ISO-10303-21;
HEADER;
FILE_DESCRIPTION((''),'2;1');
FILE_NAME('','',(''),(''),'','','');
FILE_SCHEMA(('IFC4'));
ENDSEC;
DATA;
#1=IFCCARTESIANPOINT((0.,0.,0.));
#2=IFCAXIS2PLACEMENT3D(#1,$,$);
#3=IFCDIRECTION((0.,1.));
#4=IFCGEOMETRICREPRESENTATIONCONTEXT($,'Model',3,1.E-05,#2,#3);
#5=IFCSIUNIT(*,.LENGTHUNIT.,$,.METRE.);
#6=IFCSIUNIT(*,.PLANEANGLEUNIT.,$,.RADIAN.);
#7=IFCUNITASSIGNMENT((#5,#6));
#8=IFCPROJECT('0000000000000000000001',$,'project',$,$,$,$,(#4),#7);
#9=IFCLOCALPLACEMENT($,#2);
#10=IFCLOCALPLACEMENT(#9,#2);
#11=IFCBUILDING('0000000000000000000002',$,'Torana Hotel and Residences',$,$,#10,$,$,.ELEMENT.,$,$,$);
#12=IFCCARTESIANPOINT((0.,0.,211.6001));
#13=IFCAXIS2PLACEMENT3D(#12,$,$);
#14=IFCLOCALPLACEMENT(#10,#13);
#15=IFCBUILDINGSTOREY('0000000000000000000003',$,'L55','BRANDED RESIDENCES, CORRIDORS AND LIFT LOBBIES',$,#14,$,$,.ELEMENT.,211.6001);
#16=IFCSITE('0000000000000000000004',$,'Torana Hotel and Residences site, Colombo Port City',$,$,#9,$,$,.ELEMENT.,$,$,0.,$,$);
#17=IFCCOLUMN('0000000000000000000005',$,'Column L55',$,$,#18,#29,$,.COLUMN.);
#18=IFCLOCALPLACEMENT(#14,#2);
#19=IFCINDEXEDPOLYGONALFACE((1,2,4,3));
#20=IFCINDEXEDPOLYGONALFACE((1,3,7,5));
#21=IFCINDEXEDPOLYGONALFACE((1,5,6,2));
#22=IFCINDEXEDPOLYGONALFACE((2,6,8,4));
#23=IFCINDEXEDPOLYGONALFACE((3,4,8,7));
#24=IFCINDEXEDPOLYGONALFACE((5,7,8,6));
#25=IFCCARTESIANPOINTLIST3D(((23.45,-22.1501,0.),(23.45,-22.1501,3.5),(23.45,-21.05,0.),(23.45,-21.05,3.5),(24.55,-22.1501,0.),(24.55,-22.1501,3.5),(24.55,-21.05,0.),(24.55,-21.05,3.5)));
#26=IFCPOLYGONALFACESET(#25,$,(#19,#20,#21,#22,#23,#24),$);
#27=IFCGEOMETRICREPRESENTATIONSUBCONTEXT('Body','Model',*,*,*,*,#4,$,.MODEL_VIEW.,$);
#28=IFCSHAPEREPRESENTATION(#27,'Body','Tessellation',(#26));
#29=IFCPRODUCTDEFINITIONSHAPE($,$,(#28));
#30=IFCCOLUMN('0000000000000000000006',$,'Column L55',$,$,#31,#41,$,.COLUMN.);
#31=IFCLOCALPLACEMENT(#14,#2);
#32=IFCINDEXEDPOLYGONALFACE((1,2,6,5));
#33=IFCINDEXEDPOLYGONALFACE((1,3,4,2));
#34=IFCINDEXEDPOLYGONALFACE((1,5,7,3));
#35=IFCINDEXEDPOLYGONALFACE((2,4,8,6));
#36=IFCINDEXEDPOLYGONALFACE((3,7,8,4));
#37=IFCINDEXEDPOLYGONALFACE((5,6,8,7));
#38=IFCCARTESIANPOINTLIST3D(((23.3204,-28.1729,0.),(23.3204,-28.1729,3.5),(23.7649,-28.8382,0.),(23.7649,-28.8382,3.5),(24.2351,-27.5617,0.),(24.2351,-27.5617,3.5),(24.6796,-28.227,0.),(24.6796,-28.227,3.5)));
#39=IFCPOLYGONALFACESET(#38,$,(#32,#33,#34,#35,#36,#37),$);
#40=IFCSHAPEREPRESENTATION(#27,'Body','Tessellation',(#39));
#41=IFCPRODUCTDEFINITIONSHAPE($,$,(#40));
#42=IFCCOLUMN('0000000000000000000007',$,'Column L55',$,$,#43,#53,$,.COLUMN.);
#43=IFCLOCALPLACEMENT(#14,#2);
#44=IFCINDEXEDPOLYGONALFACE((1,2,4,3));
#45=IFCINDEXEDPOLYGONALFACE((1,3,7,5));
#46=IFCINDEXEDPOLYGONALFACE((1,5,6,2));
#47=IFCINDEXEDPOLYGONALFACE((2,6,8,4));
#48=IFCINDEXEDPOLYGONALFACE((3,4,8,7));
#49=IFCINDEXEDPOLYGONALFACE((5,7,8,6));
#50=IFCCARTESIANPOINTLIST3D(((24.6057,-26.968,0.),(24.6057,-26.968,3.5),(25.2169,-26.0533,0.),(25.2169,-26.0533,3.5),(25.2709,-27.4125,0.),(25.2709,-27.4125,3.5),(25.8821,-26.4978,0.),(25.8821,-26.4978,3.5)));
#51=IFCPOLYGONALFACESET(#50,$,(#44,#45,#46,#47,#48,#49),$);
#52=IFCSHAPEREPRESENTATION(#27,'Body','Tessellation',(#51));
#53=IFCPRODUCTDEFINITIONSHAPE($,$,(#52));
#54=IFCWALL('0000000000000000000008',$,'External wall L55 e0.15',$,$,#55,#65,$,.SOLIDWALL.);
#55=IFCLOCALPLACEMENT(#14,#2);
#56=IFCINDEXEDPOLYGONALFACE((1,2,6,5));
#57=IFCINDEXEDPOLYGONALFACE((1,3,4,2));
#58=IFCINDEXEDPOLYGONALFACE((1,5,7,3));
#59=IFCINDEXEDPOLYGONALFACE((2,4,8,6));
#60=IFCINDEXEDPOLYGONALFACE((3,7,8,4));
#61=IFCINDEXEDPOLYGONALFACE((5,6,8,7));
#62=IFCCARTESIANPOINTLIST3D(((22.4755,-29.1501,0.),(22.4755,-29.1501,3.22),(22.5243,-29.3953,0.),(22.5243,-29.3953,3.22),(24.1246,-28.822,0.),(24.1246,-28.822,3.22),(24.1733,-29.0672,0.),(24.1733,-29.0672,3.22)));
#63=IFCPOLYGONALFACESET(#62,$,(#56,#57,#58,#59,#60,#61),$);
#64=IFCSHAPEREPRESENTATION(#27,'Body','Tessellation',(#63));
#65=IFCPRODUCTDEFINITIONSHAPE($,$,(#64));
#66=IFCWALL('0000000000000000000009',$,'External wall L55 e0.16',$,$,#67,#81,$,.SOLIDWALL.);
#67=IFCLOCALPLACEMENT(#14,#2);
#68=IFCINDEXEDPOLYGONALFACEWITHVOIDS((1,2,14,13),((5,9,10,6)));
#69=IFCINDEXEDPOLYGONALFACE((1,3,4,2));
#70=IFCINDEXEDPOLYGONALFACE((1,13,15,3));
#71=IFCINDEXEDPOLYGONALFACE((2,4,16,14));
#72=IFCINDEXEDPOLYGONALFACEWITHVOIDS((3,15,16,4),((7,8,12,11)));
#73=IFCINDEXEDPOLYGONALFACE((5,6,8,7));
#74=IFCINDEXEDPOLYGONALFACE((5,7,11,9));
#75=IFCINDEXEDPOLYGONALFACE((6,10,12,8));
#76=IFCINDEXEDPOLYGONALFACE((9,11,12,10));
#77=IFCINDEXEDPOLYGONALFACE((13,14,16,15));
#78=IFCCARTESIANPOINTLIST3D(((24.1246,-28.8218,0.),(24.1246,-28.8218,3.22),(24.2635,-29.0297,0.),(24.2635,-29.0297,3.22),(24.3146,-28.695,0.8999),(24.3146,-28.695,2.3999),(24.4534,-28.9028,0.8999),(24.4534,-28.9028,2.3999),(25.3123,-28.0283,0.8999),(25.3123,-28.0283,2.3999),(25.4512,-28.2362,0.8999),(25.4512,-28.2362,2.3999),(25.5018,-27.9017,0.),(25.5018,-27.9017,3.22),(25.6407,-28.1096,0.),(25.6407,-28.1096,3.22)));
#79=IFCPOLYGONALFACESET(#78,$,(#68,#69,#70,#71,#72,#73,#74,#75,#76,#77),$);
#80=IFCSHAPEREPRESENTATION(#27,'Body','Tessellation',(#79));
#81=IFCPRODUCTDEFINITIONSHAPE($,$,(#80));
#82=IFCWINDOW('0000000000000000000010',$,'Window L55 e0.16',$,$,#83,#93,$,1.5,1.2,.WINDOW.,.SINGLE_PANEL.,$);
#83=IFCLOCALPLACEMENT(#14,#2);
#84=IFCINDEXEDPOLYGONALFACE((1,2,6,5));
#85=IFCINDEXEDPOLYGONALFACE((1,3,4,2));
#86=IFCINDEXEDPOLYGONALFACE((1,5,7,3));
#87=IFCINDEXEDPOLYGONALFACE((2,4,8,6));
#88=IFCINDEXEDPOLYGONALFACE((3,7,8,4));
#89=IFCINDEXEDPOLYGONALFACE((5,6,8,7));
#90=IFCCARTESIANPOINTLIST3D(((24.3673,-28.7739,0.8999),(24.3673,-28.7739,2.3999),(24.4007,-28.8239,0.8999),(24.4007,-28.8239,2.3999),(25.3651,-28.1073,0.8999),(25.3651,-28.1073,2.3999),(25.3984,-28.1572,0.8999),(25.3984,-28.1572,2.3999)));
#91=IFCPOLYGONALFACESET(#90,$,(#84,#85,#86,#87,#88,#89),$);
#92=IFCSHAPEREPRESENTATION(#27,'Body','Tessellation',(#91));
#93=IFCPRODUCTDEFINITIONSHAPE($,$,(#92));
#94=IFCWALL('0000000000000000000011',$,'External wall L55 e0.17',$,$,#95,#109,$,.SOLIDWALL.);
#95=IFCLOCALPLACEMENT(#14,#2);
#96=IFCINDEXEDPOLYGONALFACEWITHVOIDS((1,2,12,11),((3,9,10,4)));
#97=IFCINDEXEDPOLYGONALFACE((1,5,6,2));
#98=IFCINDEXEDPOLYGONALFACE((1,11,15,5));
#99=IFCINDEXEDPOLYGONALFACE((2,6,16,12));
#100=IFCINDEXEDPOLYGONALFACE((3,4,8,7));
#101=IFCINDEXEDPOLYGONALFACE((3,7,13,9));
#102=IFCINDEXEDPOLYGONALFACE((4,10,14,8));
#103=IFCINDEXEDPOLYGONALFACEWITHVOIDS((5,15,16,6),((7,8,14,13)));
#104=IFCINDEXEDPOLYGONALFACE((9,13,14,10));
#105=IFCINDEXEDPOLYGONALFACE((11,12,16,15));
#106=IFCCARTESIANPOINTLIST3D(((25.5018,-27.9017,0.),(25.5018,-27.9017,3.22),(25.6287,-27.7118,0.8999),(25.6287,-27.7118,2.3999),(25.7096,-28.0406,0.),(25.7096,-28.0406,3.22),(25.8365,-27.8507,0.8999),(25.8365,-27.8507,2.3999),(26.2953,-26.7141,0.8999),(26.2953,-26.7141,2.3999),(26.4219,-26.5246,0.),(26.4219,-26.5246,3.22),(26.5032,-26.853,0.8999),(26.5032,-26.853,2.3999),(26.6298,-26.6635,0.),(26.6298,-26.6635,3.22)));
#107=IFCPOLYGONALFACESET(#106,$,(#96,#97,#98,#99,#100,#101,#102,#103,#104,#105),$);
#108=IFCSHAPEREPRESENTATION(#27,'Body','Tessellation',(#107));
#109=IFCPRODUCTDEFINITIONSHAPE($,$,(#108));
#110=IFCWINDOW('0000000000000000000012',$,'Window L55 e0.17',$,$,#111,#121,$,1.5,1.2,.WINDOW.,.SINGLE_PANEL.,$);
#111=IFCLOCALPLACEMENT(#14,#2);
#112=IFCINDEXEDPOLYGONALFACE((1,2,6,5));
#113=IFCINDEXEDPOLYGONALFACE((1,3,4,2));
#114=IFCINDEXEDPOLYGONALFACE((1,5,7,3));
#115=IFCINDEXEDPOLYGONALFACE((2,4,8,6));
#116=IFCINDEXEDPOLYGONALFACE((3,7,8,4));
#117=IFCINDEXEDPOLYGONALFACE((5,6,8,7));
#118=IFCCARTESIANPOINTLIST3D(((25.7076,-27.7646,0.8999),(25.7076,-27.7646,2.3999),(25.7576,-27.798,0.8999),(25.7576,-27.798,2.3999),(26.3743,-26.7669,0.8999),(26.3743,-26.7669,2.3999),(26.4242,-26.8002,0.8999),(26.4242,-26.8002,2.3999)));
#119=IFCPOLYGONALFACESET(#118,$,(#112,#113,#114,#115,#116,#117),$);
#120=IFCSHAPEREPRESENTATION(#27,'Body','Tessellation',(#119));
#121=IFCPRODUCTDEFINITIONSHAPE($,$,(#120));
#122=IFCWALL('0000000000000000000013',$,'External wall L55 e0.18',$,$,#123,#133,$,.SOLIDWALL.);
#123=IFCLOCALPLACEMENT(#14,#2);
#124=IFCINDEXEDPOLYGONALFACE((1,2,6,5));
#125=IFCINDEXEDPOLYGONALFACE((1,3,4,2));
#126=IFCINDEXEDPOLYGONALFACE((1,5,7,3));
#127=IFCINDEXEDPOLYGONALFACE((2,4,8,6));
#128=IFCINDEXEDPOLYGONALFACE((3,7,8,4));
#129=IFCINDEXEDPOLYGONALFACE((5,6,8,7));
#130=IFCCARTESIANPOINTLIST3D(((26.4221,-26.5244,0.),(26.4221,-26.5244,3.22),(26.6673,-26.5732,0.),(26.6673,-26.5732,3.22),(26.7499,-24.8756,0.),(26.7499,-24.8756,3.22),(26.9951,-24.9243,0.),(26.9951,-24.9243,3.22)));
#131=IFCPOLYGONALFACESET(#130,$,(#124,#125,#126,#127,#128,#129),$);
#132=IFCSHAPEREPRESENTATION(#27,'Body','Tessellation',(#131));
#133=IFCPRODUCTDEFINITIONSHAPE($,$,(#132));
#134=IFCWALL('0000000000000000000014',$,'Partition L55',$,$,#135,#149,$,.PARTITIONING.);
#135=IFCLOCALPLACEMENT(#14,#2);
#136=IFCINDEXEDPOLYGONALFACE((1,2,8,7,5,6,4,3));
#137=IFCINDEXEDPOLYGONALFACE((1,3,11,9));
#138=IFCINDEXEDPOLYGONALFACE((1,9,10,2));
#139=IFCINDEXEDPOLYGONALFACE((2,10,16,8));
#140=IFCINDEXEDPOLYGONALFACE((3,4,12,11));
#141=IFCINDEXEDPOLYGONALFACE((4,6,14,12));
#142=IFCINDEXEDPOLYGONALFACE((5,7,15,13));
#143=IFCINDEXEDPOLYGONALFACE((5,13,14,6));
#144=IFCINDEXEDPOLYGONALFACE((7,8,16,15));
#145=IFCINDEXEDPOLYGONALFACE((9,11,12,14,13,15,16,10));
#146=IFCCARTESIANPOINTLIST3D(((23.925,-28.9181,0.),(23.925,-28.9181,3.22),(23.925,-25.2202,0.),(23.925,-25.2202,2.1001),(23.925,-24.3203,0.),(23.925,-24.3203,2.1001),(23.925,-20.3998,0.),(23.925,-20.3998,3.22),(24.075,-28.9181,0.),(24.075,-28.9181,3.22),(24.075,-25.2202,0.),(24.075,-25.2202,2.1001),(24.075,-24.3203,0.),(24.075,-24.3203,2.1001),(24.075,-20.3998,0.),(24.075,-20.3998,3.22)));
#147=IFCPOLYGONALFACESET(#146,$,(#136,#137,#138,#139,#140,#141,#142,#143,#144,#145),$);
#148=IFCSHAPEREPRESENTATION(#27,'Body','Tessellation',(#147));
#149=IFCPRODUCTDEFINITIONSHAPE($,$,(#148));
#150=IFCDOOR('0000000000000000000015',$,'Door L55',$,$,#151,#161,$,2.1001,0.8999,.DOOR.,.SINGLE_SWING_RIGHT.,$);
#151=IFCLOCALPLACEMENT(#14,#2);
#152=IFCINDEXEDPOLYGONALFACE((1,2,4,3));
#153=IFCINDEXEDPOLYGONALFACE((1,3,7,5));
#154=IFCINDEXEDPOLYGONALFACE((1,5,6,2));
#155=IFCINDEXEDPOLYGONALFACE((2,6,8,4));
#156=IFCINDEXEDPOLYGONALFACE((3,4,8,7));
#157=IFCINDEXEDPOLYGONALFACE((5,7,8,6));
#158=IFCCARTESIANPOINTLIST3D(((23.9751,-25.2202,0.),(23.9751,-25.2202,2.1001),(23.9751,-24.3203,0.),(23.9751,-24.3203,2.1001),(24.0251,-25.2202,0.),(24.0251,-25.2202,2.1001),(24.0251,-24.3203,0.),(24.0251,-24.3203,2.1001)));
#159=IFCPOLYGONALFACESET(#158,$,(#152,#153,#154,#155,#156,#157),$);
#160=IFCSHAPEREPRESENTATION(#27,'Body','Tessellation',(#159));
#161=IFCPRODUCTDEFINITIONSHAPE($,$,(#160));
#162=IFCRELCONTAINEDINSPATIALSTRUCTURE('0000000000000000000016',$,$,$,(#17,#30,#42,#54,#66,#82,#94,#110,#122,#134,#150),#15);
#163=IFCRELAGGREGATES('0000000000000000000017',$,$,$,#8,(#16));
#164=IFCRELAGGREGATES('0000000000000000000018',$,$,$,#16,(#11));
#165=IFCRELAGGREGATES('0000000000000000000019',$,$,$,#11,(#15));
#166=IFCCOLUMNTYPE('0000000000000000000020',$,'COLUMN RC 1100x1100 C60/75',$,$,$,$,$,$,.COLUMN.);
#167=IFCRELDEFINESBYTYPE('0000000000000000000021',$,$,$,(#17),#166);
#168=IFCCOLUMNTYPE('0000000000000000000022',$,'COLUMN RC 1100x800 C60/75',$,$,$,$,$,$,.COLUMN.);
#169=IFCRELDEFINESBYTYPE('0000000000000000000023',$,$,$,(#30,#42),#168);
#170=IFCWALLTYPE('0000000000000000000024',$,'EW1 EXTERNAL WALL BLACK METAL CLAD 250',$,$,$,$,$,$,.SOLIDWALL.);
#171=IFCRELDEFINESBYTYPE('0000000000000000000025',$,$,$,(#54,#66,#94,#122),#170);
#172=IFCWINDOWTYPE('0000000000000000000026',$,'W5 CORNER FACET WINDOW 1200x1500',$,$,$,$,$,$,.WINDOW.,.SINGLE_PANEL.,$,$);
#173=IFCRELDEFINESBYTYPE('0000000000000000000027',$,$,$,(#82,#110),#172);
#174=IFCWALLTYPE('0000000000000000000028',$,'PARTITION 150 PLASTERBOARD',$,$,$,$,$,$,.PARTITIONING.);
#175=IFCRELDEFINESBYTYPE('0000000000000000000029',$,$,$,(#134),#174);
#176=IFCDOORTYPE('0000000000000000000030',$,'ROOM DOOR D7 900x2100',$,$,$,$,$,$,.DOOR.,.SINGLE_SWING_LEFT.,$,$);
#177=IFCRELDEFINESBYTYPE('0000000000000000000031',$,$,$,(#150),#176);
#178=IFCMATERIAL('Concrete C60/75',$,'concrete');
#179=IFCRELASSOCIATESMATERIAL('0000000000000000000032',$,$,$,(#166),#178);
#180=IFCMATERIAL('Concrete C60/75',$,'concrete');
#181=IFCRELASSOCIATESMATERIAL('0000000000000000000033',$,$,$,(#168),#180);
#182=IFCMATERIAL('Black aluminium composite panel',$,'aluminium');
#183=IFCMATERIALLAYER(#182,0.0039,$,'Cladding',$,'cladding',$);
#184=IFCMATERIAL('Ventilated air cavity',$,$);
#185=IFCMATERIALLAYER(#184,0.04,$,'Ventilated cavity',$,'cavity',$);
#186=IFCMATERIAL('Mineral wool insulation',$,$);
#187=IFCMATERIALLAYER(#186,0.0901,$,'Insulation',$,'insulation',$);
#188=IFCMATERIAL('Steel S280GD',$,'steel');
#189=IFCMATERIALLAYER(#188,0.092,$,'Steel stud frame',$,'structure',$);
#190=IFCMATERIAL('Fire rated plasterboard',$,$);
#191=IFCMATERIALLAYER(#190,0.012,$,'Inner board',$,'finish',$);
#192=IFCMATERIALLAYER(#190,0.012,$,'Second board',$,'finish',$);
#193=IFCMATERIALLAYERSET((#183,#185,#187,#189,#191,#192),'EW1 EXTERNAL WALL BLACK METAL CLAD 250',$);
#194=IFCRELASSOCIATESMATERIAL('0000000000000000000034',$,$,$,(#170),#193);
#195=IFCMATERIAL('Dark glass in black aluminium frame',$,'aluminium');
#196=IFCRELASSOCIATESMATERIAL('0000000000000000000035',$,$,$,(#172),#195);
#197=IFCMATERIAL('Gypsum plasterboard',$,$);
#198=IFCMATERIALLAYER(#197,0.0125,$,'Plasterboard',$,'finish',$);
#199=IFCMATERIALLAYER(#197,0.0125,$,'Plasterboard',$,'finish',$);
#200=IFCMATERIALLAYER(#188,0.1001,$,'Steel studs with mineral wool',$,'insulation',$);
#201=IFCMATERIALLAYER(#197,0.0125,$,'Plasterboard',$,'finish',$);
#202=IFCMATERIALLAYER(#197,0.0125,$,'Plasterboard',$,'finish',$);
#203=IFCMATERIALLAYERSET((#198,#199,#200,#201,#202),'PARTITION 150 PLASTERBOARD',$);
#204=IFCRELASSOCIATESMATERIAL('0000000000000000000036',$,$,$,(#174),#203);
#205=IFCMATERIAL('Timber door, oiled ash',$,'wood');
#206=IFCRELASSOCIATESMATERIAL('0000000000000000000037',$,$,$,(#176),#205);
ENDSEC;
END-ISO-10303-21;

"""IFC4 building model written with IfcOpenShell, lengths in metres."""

from ifc_helpers import new_model, si_unit, direction, frame, frame_2d, origin, origin_2d, place, context, subcontext, project, spatial, rectangle, extrude, material, layer, layer_set, material_profile, profile_set, type_object, element, fill, save


model = new_model("IFC4")

# Units and contexts
model_context = context("Model", 3, precision=1e-05, world=origin(), true_north=direction((0.0, 1.0)))
body_context = subcontext(model_context, "Body", "Model", "MODEL_VIEW")
ifc_project = project(units=[si_unit("LENGTHUNIT", "METRE"), si_unit("PLANEANGLEUNIT", "RADIAN")], contexts=[model_context])

# Site, building, storey
site_placement = place(None, origin())
site = spatial("IfcSite", under=ifc_project, at=site_placement, Name="Torana Hotel and Residences site, Colombo Port City", CompositionType="ELEMENT", RefElevation=0.0)
building_placement = place(site_placement, origin())
building = spatial("IfcBuilding", under=site, at=building_placement, Name="Torana Hotel and Residences", CompositionType="ELEMENT")
storey_placement = place(building_placement, frame((0.0, 0.0, 211.6001)))
storey = spatial("IfcBuildingStorey", under=building, at=storey_placement, Name="L55", Description="BRANDED RESIDENCES, CORRIDORS AND LIFT LOBBIES", CompositionType="ELEMENT", Elevation=211.6001)

# Columns
ifc_material_1 = material(Name="Concrete C60/75", Category="concrete")
ifc_material_profile_1 = material_profile(ifc_material_1, rectangle(XDim=1.1001, YDim=1.1001, at=origin_2d()), Name="RC 1100x1100")
ifc_profile_set_1 = profile_set([ifc_material_profile_1], Name="Concrete C60/75")
column_type_1 = type_object("IfcColumnType", Name="COLUMN RC 1100x1100 C60/75", PredefinedType="COLUMN", material=ifc_profile_set_1)
column_placement = place(storey_placement, frame((24.0, -21.6001, 0.0), z_axis=(0.0, 0.0, 1.0), x_axis=(1.0, 0.0, 0.0)))
element("IfcColumn", 1, at=column_placement, inside=storey, type_object=column_type_1, Name="Column L55", PredefinedType="COLUMN", context=body_context, shape_type="SweptSolid", body=[
    extrude(rectangle(XDim=1.1001, YDim=1.1001, at=origin_2d()), origin(), (0.0, 0.0, 1.0), 3.5),
])
ifc_material_2 = material(Name="Concrete C60/75", Category="concrete")
ifc_material_profile_2 = material_profile(ifc_material_2, rectangle(XDim=1.1001, YDim=0.8, at=origin_2d()), Name="RC 1100x800")
ifc_profile_set_2 = profile_set([ifc_material_profile_2], Name="Concrete C60/75")
column_type_2 = type_object("IfcColumnType", Name="COLUMN RC 1100x800 C60/75", PredefinedType="COLUMN", material=ifc_profile_set_2)
for number, where, z_axis, x_axis, name in (
    (2, (24.0, -28.2, 0.0), (0.0, 0.0, 1.0), (0.83146, 0.555585, 0.0), "Column L55"),
    (3, (25.2439, -26.7329, 0.0), (0.0, 0.0, 1.0), (0.555585, 0.83146, 0.0), "Column L55"),
):
    element("IfcColumn", number, at=place(storey_placement, frame(where, z_axis=z_axis, x_axis=x_axis)), inside=storey, type_object=column_type_2, Name=name, PredefinedType="COLUMN", context=body_context, shape_type="SweptSolid", body=[
        extrude(rectangle(XDim=1.1001, YDim=0.8, at=origin_2d()), origin(), (0.0, 0.0, 1.0), 3.5),
    ])

# Wall
ifc_material_3 = material(Name="Black aluminium composite panel", Category="aluminium")
ifc_layer_1 = layer(ifc_material_3, 0.0039, Name="Cladding", Category="cladding")
ifc_material_4 = material(Name="Ventilated air cavity")
ifc_layer_2 = layer(ifc_material_4, 0.04, Name="Ventilated cavity", Category="cavity")
ifc_material_5 = material(Name="Mineral wool insulation")
ifc_layer_3 = layer(ifc_material_5, 0.0901, Name="Insulation", Category="insulation")
ifc_material_6 = material(Name="Steel S280GD", Category="steel")
ifc_layer_4 = layer(ifc_material_6, 0.092, Name="Steel stud frame", Category="structure")
ifc_material_7 = material(Name="Fire rated plasterboard")
ifc_layer_5 = layer(ifc_material_7, 0.012, Name="Inner board", Category="finish")
ifc_layer_6 = layer(ifc_material_7, 0.012, Name="Second board", Category="finish")
ifc_layer_set_1 = layer_set([ifc_layer_1, ifc_layer_2, ifc_layer_3, ifc_layer_4, ifc_layer_5, ifc_layer_6], Name="EW1 EXTERNAL WALL BLACK METAL CLAD 250")
wall_type_1 = type_object("IfcWallType", Name="EW1 EXTERNAL WALL BLACK METAL CLAD 250", PredefinedType="SOLIDWALL", material=ifc_layer_set_1)
wall_1_placement = place(storey_placement, frame((22.4998, -29.2727, 0.0), z_axis=(0.0, 0.0, 1.0), x_axis=(0.980776, 0.195139, 0.0)))
element("IfcWall", 4, at=wall_1_placement, inside=storey, type_object=wall_type_1, Name="External wall L55 e0.15", PredefinedType="SOLIDWALL", context=body_context, shape_type="SweptSolid", body=[
    extrude(rectangle(XDim=1.6814, YDim=0.25, at=frame_2d((0.8408, 0.0))), origin(), (0.0, 0.0, 1.0), 3.22),
])

# Walls, openings, windows
wall_2_placement = place(storey_placement, frame((24.1941, -28.9258, 0.0), z_axis=(0.0, 0.0, 1.0), x_axis=(0.831483, 0.55555, 0.0)))
wall_2 = element("IfcWall", 5, at=wall_2_placement, inside=storey, type_object=wall_type_1, Name="External wall L55 e0.16", PredefinedType="SOLIDWALL", context=body_context, shape_type="SweptSolid", body=[
    extrude(rectangle(XDim=1.6562, YDim=0.25, at=frame_2d((0.8281, 0.0))), origin(), (0.0, 0.0, 1.0), 3.22),
])
opening_1_placement = place(wall_2_placement, frame((0.2283, 0.0, 0.8999)))
opening_1 = element("IfcOpeningElement", 6, at=opening_1_placement, cuts=wall_2, PredefinedType="OPENING", context=body_context, shape_type="SweptSolid", body=[
    extrude(rectangle(XDim=1.2, YDim=1.5, at=frame_2d((0.6001, 0.75))), frame((0.0, 0.135, 0.0), z_axis=(0.0, -1.0, 0.0), x_axis=(1.0, 0.0, 0.0)), (0.0, 0.0, 1.0), 0.27),
])
ifc_material_8 = material(Name="Dark glass in black aluminium frame", Category="aluminium")
window_type = type_object("IfcWindowType", Name="W5 CORNER FACET WINDOW 1200x1500", PartitioningType="SINGLE_PANEL", PredefinedType="WINDOW", material=ifc_material_8)
window_1_placement = place(opening_1_placement, origin())
window_1 = element("IfcWindow", 7, at=window_1_placement, inside=storey, type_object=window_type, Name="Window L55 e0.16", OverallHeight=1.5, OverallWidth=1.2, PartitioningType="SINGLE_PANEL", PredefinedType="WINDOW", context=body_context, shape_type="SweptSolid", body=[
    extrude(rectangle(XDim=1.2, YDim=1.5, at=frame_2d((0.6001, 0.75))), frame((0.0, 0.03, 0.0), z_axis=(0.0, -1.0, 0.0), x_axis=(1.0, 0.0, 0.0)), (0.0, 0.0, 1.0), 0.0601),
])
fill(opening_1, window_1)
wall_3_placement = place(storey_placement, frame((25.6057, -27.9712, 0.0), z_axis=(0.0, 0.0, 1.0), x_axis=(0.55555, 0.831483, 0.0)))
wall_3 = element("IfcWall", 8, at=wall_3_placement, inside=storey, type_object=wall_type_1, Name="External wall L55 e0.17", PredefinedType="SOLIDWALL", context=body_context, shape_type="SweptSolid", body=[
    extrude(rectangle(XDim=1.6562, YDim=0.25, at=frame_2d((0.8281, 0.0))), origin(), (0.0, 0.0, 1.0), 3.22),
])
opening_2_placement = place(wall_3_placement, frame((0.2283, 0.0, 0.8999)))
opening_2 = element("IfcOpeningElement", 9, at=opening_2_placement, cuts=wall_3, PredefinedType="OPENING", context=body_context, shape_type="SweptSolid", body=[
    extrude(rectangle(XDim=1.2, YDim=1.5, at=frame_2d((0.6001, 0.75))), frame((0.0, 0.135, 0.0), z_axis=(0.0, -1.0, 0.0), x_axis=(1.0, 0.0, 0.0)), (0.0, 0.0, 1.0), 0.27),
])
window_2_placement = place(opening_2_placement, origin())
window_2 = element("IfcWindow", 10, at=window_2_placement, inside=storey, type_object=window_type, Name="Window L55 e0.17", OverallHeight=1.5, OverallWidth=1.2, PartitioningType="SINGLE_PANEL", PredefinedType="WINDOW", context=body_context, shape_type="SweptSolid", body=[
    extrude(rectangle(XDim=1.2, YDim=1.5, at=frame_2d((0.6001, 0.75))), frame((0.0, 0.03, 0.0), z_axis=(0.0, -1.0, 0.0), x_axis=(1.0, 0.0, 0.0)), (0.0, 0.0, 1.0), 0.0601),
])
fill(opening_2, window_2)

# Wall
wall_4_placement = place(storey_placement, frame((26.5447, -26.5488, 0.0), z_axis=(0.0, 0.0, 1.0), x_axis=(0.195027, 0.980798, 0.0)))
element("IfcWall", 11, at=wall_4_placement, inside=storey, type_object=wall_type_1, Name="External wall L55 e0.18", PredefinedType="SOLIDWALL", context=body_context, shape_type="SweptSolid", body=[
    extrude(rectangle(XDim=1.6812, YDim=0.25, at=frame_2d((0.8406, 0.0))), origin(), (0.0, 0.0, 1.0), 3.22),
])

# Wall, opening, door
ifc_material_9 = material(Name="Gypsum plasterboard")
ifc_layer_7 = layer(ifc_material_9, 0.0125, Name="Plasterboard", Category="finish")
ifc_layer_8 = layer(ifc_material_9, 0.0125, Name="Plasterboard", Category="finish")
ifc_layer_9 = layer(ifc_material_6, 0.1001, Name="Steel studs with mineral wool", Category="insulation")
ifc_layer_10 = layer(ifc_material_9, 0.0125, Name="Plasterboard", Category="finish")
ifc_layer_11 = layer(ifc_material_9, 0.0125, Name="Plasterboard", Category="finish")
ifc_layer_set_2 = layer_set([ifc_layer_7, ifc_layer_8, ifc_layer_9, ifc_layer_10, ifc_layer_11], Name="PARTITION 150 PLASTERBOARD")
wall_type_2 = type_object("IfcWallType", Name="PARTITION 150 PLASTERBOARD", PredefinedType="PARTITIONING", material=ifc_layer_set_2)
wall_5_placement = place(storey_placement, frame((24.0, -28.9182, 0.0), z_axis=(0.0, 0.0, 1.0), x_axis=(0.0, 1.0, 0.0)))
wall_5 = element("IfcWall", 12, at=wall_5_placement, inside=storey, type_object=wall_type_2, Name="Partition L55", PredefinedType="PARTITIONING", context=body_context, shape_type="SweptSolid", body=[
    extrude(rectangle(XDim=8.5183, YDim=0.1499, at=frame_2d((4.2593, 0.0))), origin(), (0.0, 0.0, 1.0), 3.22),
])
opening_3_placement = place(wall_5_placement, frame((3.698, 0.0, 0.0)))
opening_3 = element("IfcOpeningElement", 13, at=opening_3_placement, cuts=wall_5, PredefinedType="OPENING", context=body_context, shape_type="SweptSolid", body=[
    extrude(rectangle(XDim=0.8999, YDim=2.1001, at=frame_2d((0.45, 1.05))), frame((0.0, 0.085, 0.0), z_axis=(0.0, -1.0, 0.0), x_axis=(1.0, 0.0, 0.0)), (0.0, 0.0, 1.0), 0.1699),
])
ifc_material_10 = material(Name="Timber door, oiled ash", Category="wood")
door_type_1 = type_object("IfcDoorType", Name="ROOM DOOR D7 900x2100", OperationType="SINGLE_SWING_LEFT", PredefinedType="DOOR", material=ifc_material_10)
door_1_placement = place(opening_3_placement, origin())
door_1 = element("IfcDoor", 14, at=door_1_placement, inside=storey, type_object=door_type_1, Name="Door L55", OperationType="SINGLE_SWING_RIGHT", OverallHeight=2.1001, OverallWidth=0.8999, PredefinedType="DOOR", context=body_context, shape_type="SweptSolid", body=[
    extrude(rectangle(XDim=0.8999, YDim=2.1001, at=frame_2d((0.45, 1.05))), frame((0.0, 0.0249, 0.0), z_axis=(0.0, -1.0, 0.0), x_axis=(1.0, 0.0, 0.0)), (0.0, 0.0, 1.0), 0.05),
])
fill(opening_3, door_1)

save(model, "model.ifc")
